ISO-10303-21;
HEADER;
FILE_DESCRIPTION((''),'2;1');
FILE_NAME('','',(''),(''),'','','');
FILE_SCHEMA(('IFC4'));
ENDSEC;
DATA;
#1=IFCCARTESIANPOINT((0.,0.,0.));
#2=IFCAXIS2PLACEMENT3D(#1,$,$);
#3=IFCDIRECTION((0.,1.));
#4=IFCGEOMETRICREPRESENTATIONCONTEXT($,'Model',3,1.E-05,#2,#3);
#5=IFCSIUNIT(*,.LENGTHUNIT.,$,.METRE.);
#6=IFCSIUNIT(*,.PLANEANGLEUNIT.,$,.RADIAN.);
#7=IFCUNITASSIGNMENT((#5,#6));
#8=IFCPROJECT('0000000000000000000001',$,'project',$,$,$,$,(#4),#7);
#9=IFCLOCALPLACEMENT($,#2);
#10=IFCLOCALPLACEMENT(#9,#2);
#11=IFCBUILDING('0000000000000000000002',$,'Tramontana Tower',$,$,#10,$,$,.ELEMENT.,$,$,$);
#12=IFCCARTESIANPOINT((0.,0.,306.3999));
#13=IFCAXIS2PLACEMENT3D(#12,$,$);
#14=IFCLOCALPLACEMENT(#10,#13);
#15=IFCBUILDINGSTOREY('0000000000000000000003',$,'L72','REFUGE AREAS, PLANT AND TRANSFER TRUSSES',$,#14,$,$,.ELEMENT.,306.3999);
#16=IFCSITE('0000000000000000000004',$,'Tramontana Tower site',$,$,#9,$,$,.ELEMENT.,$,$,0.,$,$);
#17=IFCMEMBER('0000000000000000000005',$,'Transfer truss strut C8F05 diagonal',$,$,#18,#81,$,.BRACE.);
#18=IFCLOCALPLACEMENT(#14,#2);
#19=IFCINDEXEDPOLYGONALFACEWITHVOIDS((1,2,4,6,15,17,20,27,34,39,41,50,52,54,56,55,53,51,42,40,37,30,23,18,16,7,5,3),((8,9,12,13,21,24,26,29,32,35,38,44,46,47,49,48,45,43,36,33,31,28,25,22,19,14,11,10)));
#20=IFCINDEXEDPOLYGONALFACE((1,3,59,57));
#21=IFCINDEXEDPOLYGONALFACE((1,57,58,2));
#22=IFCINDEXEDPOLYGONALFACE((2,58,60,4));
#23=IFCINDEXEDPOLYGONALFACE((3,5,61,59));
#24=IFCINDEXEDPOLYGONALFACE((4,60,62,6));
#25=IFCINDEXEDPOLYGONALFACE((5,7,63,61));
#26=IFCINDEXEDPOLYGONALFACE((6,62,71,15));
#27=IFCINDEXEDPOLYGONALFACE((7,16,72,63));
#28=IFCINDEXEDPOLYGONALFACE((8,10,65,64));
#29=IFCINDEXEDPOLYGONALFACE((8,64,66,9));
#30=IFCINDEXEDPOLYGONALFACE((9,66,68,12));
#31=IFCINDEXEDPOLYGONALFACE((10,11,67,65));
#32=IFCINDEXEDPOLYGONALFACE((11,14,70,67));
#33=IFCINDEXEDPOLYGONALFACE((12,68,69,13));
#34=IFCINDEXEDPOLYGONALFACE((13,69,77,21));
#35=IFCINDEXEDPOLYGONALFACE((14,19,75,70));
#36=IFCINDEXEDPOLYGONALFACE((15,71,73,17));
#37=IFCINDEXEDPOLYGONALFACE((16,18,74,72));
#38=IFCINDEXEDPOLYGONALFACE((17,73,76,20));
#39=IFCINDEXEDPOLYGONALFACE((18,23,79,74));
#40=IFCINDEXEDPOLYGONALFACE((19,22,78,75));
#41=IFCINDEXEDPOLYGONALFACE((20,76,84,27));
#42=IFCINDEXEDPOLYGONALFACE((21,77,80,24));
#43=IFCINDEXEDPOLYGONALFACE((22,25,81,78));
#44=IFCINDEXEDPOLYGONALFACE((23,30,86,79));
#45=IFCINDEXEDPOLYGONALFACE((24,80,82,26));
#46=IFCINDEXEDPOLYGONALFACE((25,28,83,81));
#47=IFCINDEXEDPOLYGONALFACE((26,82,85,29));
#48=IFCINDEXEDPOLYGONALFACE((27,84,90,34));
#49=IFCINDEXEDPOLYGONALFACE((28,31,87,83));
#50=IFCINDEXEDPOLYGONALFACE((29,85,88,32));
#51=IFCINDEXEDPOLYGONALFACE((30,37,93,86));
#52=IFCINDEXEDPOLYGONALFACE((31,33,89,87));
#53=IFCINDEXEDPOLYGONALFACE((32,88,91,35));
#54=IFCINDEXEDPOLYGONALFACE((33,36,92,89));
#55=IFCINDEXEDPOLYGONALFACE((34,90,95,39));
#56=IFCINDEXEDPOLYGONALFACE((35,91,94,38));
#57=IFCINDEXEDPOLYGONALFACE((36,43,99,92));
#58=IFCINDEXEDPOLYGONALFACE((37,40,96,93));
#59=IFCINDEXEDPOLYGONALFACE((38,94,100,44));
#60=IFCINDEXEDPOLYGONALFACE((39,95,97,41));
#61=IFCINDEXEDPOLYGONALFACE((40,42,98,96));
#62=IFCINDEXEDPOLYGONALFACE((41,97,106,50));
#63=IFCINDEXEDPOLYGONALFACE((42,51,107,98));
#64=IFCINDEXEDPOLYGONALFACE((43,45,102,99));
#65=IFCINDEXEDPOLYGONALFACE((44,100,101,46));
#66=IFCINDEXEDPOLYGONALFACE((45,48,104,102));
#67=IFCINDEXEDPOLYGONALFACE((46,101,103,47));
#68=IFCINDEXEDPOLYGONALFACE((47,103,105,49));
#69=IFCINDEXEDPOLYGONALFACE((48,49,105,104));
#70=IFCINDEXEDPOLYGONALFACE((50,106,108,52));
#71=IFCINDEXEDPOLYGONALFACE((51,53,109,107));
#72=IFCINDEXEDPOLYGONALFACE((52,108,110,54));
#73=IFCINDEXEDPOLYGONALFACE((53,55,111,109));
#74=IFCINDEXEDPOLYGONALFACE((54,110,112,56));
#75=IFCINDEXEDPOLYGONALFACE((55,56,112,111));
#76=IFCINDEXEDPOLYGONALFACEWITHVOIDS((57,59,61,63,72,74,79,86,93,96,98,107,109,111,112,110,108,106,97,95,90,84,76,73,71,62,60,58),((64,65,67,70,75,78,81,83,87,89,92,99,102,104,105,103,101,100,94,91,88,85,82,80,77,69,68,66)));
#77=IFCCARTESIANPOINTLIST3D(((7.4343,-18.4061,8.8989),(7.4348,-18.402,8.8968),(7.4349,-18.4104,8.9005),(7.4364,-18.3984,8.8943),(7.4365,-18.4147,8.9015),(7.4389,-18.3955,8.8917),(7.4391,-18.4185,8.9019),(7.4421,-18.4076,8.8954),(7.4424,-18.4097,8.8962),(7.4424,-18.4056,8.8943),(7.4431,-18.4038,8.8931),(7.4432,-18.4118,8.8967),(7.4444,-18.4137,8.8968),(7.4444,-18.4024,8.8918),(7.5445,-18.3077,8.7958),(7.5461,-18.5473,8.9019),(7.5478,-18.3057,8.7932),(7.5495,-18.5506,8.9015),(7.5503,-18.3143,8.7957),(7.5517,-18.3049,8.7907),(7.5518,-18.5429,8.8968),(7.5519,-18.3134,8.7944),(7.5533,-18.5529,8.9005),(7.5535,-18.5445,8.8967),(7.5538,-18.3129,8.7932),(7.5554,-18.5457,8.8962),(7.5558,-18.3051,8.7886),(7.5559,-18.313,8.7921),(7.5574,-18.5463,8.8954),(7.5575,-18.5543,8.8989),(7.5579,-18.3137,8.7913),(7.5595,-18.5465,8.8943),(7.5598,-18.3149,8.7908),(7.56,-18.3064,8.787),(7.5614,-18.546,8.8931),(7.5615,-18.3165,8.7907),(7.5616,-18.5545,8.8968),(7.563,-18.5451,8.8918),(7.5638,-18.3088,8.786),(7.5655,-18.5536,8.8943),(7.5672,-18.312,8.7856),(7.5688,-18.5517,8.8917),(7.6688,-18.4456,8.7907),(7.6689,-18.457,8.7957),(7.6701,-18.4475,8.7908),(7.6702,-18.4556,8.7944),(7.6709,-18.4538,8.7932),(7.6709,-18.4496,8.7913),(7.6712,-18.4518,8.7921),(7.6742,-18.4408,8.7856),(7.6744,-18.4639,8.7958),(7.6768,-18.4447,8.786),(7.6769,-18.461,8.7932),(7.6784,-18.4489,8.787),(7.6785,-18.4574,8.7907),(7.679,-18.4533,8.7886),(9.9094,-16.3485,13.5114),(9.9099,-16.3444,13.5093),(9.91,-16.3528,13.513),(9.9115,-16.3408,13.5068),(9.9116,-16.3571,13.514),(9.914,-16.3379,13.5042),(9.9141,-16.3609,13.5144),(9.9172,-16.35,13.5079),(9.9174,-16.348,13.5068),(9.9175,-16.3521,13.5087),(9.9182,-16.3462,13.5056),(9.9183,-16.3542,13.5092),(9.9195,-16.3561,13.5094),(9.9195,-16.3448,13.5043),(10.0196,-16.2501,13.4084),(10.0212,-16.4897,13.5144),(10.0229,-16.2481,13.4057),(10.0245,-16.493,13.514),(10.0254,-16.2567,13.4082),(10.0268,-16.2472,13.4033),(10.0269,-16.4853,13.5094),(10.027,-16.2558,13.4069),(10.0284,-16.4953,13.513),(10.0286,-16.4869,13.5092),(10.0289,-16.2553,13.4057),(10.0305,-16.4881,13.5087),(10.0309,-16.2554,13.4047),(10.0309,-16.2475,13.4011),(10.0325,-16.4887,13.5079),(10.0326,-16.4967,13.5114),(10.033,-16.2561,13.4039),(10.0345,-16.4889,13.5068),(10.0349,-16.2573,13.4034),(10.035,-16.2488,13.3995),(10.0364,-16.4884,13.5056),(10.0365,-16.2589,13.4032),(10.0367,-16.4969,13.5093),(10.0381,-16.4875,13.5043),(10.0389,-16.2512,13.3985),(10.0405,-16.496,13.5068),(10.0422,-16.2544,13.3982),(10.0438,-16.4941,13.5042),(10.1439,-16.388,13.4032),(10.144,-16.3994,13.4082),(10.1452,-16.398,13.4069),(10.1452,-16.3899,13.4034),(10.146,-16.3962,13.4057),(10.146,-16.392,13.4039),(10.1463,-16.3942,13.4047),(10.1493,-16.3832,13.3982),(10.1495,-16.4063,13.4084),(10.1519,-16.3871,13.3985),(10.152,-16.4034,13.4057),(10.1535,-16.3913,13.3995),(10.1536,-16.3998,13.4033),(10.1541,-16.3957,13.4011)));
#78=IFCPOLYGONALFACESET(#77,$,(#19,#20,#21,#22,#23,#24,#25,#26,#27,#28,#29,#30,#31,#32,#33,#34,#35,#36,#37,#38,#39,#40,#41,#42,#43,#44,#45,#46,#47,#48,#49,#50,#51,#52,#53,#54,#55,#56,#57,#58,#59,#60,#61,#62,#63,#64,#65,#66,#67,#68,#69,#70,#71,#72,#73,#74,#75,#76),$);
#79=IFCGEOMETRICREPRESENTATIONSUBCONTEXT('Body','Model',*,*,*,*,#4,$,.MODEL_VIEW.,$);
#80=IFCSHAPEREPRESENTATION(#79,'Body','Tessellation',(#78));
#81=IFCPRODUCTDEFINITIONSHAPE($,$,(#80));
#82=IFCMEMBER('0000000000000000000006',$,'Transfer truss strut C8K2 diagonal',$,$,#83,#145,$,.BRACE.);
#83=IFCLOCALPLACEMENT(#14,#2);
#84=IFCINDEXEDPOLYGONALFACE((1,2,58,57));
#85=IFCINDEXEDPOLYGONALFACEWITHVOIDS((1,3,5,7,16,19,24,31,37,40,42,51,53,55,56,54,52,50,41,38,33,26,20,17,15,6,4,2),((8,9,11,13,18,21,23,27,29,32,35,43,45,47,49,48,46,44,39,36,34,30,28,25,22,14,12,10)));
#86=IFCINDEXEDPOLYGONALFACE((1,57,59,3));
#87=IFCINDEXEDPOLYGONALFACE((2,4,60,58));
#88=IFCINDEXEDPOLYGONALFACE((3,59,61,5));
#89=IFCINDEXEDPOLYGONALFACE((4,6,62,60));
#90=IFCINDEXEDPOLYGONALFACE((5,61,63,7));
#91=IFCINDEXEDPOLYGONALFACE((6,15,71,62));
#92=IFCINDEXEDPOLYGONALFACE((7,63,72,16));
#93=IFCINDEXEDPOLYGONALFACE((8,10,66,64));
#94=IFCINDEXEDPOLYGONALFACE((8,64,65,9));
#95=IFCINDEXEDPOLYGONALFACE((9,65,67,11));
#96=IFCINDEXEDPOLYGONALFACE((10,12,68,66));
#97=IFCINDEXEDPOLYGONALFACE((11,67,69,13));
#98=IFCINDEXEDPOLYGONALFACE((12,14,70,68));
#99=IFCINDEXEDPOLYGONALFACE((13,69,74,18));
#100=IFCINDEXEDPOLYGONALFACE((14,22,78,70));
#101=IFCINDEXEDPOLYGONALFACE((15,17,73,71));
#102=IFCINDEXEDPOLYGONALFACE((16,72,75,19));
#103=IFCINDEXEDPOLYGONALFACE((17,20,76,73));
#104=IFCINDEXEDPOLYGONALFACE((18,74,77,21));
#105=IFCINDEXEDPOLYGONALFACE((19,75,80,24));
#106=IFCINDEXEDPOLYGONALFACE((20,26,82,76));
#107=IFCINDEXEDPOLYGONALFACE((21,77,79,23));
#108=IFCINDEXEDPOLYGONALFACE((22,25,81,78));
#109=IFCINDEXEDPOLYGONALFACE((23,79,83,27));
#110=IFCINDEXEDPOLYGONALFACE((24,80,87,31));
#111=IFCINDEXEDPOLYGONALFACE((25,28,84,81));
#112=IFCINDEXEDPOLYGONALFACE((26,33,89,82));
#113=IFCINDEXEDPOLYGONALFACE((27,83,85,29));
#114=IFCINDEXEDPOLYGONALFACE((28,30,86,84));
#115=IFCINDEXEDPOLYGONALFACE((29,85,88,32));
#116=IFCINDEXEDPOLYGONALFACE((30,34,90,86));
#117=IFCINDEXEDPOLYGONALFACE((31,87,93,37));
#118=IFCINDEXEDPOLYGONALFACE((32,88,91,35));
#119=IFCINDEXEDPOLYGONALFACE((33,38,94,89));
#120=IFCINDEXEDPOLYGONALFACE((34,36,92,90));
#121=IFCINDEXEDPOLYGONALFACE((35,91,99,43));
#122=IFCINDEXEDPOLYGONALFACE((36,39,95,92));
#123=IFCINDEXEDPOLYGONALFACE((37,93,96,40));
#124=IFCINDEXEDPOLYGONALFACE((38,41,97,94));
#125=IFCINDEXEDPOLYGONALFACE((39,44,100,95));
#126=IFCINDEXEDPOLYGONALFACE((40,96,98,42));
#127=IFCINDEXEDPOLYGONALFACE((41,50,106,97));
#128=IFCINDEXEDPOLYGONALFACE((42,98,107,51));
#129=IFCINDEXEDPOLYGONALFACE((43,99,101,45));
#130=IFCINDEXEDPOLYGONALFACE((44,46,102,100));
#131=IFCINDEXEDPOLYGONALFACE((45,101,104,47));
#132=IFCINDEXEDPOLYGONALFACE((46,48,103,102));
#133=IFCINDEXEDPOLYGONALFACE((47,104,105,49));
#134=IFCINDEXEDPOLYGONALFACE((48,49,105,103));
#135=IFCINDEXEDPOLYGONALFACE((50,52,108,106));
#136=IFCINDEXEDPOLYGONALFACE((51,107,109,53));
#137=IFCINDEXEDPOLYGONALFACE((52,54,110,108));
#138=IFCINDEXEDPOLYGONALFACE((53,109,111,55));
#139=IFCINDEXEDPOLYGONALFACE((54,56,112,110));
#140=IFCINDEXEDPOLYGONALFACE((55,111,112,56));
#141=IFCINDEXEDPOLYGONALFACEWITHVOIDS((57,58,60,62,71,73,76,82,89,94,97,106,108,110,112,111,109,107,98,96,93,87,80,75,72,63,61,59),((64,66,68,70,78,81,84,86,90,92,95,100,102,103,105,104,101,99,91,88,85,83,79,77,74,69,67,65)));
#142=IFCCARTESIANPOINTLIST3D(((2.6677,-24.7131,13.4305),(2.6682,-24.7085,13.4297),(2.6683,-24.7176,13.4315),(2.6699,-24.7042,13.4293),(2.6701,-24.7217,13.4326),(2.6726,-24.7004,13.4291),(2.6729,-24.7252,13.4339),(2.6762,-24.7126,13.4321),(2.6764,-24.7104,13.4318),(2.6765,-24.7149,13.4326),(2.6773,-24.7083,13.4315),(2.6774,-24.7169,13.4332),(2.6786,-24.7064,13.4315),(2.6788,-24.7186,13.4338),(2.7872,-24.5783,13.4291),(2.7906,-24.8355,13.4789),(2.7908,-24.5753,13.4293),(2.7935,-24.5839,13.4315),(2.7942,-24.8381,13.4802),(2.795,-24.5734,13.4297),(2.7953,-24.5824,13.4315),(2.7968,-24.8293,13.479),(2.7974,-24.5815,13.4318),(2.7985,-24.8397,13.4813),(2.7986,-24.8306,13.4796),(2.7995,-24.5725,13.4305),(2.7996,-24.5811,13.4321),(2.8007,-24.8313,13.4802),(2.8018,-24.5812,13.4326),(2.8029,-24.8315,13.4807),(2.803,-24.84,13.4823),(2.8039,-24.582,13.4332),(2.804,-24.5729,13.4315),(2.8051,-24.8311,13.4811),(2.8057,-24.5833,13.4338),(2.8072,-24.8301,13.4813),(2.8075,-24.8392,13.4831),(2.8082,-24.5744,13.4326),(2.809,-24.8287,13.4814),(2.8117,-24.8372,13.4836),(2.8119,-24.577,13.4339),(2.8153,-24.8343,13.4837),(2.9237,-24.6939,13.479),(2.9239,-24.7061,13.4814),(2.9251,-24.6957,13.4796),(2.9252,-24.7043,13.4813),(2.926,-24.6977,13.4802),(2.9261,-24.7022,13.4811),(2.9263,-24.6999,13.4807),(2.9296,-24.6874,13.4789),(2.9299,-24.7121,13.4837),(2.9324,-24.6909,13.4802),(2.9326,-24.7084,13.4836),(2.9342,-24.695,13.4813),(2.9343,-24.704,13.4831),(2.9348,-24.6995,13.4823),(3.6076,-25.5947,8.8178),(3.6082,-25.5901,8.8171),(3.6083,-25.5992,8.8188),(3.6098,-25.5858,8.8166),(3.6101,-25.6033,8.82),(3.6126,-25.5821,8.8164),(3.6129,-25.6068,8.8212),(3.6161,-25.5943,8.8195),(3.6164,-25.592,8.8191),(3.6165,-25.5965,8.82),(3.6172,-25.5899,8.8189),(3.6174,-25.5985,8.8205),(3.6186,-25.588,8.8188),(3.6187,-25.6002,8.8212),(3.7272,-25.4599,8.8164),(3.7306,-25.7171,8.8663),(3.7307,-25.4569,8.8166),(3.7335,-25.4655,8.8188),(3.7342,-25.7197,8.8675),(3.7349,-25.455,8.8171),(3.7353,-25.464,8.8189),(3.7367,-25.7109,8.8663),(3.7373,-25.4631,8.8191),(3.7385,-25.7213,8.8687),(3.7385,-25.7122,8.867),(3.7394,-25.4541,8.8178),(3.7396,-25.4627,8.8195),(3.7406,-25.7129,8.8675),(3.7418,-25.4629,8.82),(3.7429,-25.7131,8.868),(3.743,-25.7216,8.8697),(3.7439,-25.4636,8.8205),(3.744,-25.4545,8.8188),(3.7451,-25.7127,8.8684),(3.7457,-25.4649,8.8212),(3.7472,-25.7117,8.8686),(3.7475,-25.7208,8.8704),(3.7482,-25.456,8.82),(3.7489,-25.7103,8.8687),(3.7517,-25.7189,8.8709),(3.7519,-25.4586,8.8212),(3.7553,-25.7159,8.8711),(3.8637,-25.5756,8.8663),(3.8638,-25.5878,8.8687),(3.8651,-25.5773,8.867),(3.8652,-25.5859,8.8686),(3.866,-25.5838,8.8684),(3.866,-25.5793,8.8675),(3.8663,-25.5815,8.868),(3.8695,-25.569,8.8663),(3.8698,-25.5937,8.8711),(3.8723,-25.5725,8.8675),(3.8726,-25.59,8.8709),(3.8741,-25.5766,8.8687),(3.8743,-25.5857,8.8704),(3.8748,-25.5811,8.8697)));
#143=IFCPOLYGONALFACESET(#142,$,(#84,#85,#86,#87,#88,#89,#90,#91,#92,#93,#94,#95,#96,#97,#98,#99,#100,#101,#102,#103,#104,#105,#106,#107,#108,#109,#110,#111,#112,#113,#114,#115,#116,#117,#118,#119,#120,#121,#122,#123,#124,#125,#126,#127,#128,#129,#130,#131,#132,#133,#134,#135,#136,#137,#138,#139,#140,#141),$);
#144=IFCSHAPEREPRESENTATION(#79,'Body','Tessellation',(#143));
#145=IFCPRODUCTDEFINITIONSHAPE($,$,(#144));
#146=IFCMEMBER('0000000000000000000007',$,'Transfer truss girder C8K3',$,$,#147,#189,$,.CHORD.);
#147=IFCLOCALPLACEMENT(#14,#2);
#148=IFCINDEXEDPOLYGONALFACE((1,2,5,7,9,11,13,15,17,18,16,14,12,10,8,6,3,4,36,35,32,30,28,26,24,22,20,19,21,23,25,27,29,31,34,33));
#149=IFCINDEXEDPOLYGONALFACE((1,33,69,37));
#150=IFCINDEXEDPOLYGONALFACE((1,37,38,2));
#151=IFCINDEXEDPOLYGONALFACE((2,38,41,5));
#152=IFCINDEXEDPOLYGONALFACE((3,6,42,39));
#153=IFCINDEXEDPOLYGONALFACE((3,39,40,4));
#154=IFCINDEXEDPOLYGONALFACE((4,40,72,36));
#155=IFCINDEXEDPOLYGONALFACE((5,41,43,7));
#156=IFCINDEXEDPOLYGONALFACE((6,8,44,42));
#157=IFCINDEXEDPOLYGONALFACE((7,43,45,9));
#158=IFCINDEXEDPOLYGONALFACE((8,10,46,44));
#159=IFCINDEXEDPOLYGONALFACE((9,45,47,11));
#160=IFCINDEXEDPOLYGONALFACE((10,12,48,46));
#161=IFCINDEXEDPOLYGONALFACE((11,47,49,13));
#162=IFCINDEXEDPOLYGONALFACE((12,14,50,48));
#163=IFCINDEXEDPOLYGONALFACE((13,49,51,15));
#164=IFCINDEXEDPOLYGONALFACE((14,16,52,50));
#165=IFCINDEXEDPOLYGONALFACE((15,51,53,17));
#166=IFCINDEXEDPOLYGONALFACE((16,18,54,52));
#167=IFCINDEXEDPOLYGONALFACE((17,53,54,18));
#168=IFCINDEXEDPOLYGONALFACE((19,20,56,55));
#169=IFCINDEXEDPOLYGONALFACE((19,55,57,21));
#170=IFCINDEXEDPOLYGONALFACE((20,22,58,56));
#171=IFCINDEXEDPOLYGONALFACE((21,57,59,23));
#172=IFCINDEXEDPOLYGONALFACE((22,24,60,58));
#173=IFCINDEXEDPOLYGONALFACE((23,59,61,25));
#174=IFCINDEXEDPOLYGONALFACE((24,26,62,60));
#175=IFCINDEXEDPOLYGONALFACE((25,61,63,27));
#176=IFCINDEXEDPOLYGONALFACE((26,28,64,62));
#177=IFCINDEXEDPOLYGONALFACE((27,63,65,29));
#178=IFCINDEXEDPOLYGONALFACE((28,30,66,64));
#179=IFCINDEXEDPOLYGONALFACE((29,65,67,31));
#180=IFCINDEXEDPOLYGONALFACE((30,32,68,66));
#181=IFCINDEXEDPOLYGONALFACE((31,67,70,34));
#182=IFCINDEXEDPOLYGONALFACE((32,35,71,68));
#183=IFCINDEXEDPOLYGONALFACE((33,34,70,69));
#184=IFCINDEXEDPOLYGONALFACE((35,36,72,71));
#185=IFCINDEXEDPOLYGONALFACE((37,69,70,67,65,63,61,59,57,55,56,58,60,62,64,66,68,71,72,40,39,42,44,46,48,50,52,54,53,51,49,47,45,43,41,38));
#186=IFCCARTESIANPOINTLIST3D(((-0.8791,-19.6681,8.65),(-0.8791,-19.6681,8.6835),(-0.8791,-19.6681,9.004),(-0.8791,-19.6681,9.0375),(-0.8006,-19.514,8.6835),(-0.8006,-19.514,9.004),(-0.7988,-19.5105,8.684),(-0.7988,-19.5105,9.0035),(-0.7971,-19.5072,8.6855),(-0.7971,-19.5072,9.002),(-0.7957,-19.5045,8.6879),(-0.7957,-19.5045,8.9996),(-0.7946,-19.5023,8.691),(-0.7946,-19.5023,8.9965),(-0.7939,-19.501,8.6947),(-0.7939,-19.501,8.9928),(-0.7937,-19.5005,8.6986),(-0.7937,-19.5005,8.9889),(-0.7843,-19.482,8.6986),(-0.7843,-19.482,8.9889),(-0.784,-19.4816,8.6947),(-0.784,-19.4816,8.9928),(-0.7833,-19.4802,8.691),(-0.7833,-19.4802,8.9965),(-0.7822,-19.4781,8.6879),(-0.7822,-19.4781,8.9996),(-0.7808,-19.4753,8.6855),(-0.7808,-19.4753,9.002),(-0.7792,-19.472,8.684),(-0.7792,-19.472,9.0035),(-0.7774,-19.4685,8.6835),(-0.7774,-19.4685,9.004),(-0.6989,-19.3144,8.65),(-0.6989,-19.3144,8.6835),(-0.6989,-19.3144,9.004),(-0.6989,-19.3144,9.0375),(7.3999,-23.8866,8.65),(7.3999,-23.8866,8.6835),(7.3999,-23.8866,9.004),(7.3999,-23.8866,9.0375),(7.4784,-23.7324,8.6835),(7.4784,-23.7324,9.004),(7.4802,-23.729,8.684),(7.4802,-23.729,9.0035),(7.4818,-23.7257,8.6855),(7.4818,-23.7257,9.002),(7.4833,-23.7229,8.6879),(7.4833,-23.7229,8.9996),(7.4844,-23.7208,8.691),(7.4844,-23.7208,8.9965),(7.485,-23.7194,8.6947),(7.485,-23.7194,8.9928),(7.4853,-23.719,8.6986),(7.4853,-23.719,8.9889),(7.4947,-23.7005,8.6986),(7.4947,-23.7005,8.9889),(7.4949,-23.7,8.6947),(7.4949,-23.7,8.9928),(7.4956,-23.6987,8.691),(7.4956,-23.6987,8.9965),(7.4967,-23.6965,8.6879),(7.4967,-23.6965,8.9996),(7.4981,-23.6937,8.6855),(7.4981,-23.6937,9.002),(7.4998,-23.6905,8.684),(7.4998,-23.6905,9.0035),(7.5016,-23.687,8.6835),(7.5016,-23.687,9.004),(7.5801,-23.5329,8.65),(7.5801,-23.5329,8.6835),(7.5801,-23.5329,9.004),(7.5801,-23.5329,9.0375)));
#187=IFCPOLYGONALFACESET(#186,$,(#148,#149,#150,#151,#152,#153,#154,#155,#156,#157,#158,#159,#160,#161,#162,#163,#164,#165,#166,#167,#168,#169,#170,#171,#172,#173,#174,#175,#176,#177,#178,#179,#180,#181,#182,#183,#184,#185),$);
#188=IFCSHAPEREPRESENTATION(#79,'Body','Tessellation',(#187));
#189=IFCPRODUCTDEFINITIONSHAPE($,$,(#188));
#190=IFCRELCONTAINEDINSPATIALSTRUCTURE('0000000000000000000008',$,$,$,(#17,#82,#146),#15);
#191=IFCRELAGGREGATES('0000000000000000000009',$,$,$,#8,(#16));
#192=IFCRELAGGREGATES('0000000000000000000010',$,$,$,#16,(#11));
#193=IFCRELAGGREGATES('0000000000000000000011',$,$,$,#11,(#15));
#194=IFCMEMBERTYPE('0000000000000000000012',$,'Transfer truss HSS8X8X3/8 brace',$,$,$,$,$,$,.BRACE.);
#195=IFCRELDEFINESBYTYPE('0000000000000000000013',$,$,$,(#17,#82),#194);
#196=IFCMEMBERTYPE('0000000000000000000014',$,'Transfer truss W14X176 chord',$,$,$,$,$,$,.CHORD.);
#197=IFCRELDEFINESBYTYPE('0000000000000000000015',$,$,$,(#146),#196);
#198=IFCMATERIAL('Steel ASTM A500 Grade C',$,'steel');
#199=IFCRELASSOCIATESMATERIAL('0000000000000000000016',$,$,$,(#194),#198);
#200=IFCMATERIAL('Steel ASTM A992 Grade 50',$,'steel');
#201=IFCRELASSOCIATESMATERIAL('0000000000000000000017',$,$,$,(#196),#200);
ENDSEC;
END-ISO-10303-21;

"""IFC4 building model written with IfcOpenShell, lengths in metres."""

from ifc_helpers import new_model, si_unit, direction, frame, origin, origin_2d, place, context, subcontext, project, spatial, hollow_rectangle, i_section, extrude, material, material_profile, profile_set, type_object, element, save


model = new_model("IFC4")

# Units and contexts
model_context = context("Model", 3, precision=1e-05, world=origin(), true_north=direction((0.0, 1.0)))
body_context = subcontext(model_context, "Body", "Model", "MODEL_VIEW")
ifc_project = project(units=[si_unit("LENGTHUNIT", "METRE"), si_unit("PLANEANGLEUNIT", "RADIAN")], contexts=[model_context])

# Site, building, storey
site_placement = place(None, origin())
site = spatial("IfcSite", under=ifc_project, at=site_placement, Name="Tramontana Tower site", CompositionType="ELEMENT", RefElevation=0.0)
building_placement = place(site_placement, origin())
building = spatial("IfcBuilding", under=site, at=building_placement, Name="Tramontana Tower", CompositionType="ELEMENT")
storey_placement = place(building_placement, frame((0.0, 0.0, 306.3999)))
storey = spatial("IfcBuildingStorey", under=building, at=storey_placement, Name="L72", Description="REFUGE AREAS, PLANT AND TRANSFER TRUSSES", CompositionType="ELEMENT", Elevation=306.3999)

# Members
ifc_material_1 = material(Name="Steel ASTM A500 Grade C", Category="steel")
ifc_material_profile_1 = material_profile(ifc_material_1, hollow_rectangle(XDim=0.2031, YDim=0.2031, WallThickness=0.0088, InnerFilletRadius=0.0088, OuterFilletRadius=0.0178, at=origin_2d()), Name="HSS8X8X3/8")
ifc_profile_set_1 = profile_set([ifc_material_profile_1], Name="Steel ASTM A500 Grade C")
member_type_1 = type_object("IfcMemberType", Name="Transfer truss HSS8X8X3/8 brace", PredefinedType="BRACE", material=ifc_profile_set_1)
member_1_placement = place(storey_placement, frame((7.5566, -18.4297, 8.8438), z_axis=(0.440053, 0.365828, 0.820075), x_axis=(-0.639274, 0.768979, 0.0)))
element("IfcMember", 1, at=member_1_placement, inside=storey, type_object=member_type_1, Name="Transfer truss strut C8F05 diagonal", PredefinedType="BRACE", context=body_context, shape_type="SweptSolid", body=[
    extrude(hollow_rectangle(XDim=0.2031, YDim=0.2031, WallThickness=0.0088, InnerFilletRadius=0.0088, OuterFilletRadius=0.0178, at=origin_2d()), origin(), (0.0, 0.0, 1.0), 5.6245),
])
member_2_placement = place(storey_placement, frame((3.7412, -25.5879, 8.8438), z_axis=(-0.196263, 0.18408, 0.963118), x_axis=(-0.684105, -0.729384, 0.0)))
element("IfcMember", 2, at=member_2_placement, inside=storey, type_object=member_type_1, Name="Transfer truss strut C8K2 diagonal", PredefinedType="BRACE", context=body_context, shape_type="SweptSolid", body=[
    extrude(hollow_rectangle(XDim=0.2031, YDim=0.2031, WallThickness=0.0088, InnerFilletRadius=0.0088, OuterFilletRadius=0.0178, at=origin_2d()), origin(), (0.0, 0.0, 1.0), 4.7893),
])
ifc_material_2 = material(Name="Steel ASTM A992 Grade 50", Category="steel")
ifc_material_profile_2 = material_profile(ifc_material_2, i_section(OverallWidth=0.397, OverallDepth=0.3875, WebThickness=0.0208, FlangeThickness=0.0334, FilletRadius=0.0151, at=origin_2d()), Name="W14X176")
ifc_profile_set_2 = profile_set([ifc_material_profile_2], Name="Steel ASTM A992 Grade 50")
member_type_2 = type_object("IfcMemberType", Name="Transfer truss W14X176 chord", PredefinedType="CHORD", material=ifc_profile_set_2)
member_3_placement = place(storey_placement, frame((7.49, -23.7097, 8.8438), z_axis=(-0.891001, 0.454001, 0.0), x_axis=(-0.454001, -0.891001, 0.0)))
element("IfcMember", 3, at=member_3_placement, inside=storey, type_object=member_type_2, Name="Transfer truss girder C8K3", PredefinedType="CHORD", context=body_context, shape_type="SweptSolid", body=[
    extrude(i_section(OverallWidth=0.397, OverallDepth=0.3875, WebThickness=0.0208, FlangeThickness=0.0334, FilletRadius=0.0151, at=origin_2d()), origin(), (0.0, 0.0, 1.0), 9.2917),
])

save(model, "model.ifc")
